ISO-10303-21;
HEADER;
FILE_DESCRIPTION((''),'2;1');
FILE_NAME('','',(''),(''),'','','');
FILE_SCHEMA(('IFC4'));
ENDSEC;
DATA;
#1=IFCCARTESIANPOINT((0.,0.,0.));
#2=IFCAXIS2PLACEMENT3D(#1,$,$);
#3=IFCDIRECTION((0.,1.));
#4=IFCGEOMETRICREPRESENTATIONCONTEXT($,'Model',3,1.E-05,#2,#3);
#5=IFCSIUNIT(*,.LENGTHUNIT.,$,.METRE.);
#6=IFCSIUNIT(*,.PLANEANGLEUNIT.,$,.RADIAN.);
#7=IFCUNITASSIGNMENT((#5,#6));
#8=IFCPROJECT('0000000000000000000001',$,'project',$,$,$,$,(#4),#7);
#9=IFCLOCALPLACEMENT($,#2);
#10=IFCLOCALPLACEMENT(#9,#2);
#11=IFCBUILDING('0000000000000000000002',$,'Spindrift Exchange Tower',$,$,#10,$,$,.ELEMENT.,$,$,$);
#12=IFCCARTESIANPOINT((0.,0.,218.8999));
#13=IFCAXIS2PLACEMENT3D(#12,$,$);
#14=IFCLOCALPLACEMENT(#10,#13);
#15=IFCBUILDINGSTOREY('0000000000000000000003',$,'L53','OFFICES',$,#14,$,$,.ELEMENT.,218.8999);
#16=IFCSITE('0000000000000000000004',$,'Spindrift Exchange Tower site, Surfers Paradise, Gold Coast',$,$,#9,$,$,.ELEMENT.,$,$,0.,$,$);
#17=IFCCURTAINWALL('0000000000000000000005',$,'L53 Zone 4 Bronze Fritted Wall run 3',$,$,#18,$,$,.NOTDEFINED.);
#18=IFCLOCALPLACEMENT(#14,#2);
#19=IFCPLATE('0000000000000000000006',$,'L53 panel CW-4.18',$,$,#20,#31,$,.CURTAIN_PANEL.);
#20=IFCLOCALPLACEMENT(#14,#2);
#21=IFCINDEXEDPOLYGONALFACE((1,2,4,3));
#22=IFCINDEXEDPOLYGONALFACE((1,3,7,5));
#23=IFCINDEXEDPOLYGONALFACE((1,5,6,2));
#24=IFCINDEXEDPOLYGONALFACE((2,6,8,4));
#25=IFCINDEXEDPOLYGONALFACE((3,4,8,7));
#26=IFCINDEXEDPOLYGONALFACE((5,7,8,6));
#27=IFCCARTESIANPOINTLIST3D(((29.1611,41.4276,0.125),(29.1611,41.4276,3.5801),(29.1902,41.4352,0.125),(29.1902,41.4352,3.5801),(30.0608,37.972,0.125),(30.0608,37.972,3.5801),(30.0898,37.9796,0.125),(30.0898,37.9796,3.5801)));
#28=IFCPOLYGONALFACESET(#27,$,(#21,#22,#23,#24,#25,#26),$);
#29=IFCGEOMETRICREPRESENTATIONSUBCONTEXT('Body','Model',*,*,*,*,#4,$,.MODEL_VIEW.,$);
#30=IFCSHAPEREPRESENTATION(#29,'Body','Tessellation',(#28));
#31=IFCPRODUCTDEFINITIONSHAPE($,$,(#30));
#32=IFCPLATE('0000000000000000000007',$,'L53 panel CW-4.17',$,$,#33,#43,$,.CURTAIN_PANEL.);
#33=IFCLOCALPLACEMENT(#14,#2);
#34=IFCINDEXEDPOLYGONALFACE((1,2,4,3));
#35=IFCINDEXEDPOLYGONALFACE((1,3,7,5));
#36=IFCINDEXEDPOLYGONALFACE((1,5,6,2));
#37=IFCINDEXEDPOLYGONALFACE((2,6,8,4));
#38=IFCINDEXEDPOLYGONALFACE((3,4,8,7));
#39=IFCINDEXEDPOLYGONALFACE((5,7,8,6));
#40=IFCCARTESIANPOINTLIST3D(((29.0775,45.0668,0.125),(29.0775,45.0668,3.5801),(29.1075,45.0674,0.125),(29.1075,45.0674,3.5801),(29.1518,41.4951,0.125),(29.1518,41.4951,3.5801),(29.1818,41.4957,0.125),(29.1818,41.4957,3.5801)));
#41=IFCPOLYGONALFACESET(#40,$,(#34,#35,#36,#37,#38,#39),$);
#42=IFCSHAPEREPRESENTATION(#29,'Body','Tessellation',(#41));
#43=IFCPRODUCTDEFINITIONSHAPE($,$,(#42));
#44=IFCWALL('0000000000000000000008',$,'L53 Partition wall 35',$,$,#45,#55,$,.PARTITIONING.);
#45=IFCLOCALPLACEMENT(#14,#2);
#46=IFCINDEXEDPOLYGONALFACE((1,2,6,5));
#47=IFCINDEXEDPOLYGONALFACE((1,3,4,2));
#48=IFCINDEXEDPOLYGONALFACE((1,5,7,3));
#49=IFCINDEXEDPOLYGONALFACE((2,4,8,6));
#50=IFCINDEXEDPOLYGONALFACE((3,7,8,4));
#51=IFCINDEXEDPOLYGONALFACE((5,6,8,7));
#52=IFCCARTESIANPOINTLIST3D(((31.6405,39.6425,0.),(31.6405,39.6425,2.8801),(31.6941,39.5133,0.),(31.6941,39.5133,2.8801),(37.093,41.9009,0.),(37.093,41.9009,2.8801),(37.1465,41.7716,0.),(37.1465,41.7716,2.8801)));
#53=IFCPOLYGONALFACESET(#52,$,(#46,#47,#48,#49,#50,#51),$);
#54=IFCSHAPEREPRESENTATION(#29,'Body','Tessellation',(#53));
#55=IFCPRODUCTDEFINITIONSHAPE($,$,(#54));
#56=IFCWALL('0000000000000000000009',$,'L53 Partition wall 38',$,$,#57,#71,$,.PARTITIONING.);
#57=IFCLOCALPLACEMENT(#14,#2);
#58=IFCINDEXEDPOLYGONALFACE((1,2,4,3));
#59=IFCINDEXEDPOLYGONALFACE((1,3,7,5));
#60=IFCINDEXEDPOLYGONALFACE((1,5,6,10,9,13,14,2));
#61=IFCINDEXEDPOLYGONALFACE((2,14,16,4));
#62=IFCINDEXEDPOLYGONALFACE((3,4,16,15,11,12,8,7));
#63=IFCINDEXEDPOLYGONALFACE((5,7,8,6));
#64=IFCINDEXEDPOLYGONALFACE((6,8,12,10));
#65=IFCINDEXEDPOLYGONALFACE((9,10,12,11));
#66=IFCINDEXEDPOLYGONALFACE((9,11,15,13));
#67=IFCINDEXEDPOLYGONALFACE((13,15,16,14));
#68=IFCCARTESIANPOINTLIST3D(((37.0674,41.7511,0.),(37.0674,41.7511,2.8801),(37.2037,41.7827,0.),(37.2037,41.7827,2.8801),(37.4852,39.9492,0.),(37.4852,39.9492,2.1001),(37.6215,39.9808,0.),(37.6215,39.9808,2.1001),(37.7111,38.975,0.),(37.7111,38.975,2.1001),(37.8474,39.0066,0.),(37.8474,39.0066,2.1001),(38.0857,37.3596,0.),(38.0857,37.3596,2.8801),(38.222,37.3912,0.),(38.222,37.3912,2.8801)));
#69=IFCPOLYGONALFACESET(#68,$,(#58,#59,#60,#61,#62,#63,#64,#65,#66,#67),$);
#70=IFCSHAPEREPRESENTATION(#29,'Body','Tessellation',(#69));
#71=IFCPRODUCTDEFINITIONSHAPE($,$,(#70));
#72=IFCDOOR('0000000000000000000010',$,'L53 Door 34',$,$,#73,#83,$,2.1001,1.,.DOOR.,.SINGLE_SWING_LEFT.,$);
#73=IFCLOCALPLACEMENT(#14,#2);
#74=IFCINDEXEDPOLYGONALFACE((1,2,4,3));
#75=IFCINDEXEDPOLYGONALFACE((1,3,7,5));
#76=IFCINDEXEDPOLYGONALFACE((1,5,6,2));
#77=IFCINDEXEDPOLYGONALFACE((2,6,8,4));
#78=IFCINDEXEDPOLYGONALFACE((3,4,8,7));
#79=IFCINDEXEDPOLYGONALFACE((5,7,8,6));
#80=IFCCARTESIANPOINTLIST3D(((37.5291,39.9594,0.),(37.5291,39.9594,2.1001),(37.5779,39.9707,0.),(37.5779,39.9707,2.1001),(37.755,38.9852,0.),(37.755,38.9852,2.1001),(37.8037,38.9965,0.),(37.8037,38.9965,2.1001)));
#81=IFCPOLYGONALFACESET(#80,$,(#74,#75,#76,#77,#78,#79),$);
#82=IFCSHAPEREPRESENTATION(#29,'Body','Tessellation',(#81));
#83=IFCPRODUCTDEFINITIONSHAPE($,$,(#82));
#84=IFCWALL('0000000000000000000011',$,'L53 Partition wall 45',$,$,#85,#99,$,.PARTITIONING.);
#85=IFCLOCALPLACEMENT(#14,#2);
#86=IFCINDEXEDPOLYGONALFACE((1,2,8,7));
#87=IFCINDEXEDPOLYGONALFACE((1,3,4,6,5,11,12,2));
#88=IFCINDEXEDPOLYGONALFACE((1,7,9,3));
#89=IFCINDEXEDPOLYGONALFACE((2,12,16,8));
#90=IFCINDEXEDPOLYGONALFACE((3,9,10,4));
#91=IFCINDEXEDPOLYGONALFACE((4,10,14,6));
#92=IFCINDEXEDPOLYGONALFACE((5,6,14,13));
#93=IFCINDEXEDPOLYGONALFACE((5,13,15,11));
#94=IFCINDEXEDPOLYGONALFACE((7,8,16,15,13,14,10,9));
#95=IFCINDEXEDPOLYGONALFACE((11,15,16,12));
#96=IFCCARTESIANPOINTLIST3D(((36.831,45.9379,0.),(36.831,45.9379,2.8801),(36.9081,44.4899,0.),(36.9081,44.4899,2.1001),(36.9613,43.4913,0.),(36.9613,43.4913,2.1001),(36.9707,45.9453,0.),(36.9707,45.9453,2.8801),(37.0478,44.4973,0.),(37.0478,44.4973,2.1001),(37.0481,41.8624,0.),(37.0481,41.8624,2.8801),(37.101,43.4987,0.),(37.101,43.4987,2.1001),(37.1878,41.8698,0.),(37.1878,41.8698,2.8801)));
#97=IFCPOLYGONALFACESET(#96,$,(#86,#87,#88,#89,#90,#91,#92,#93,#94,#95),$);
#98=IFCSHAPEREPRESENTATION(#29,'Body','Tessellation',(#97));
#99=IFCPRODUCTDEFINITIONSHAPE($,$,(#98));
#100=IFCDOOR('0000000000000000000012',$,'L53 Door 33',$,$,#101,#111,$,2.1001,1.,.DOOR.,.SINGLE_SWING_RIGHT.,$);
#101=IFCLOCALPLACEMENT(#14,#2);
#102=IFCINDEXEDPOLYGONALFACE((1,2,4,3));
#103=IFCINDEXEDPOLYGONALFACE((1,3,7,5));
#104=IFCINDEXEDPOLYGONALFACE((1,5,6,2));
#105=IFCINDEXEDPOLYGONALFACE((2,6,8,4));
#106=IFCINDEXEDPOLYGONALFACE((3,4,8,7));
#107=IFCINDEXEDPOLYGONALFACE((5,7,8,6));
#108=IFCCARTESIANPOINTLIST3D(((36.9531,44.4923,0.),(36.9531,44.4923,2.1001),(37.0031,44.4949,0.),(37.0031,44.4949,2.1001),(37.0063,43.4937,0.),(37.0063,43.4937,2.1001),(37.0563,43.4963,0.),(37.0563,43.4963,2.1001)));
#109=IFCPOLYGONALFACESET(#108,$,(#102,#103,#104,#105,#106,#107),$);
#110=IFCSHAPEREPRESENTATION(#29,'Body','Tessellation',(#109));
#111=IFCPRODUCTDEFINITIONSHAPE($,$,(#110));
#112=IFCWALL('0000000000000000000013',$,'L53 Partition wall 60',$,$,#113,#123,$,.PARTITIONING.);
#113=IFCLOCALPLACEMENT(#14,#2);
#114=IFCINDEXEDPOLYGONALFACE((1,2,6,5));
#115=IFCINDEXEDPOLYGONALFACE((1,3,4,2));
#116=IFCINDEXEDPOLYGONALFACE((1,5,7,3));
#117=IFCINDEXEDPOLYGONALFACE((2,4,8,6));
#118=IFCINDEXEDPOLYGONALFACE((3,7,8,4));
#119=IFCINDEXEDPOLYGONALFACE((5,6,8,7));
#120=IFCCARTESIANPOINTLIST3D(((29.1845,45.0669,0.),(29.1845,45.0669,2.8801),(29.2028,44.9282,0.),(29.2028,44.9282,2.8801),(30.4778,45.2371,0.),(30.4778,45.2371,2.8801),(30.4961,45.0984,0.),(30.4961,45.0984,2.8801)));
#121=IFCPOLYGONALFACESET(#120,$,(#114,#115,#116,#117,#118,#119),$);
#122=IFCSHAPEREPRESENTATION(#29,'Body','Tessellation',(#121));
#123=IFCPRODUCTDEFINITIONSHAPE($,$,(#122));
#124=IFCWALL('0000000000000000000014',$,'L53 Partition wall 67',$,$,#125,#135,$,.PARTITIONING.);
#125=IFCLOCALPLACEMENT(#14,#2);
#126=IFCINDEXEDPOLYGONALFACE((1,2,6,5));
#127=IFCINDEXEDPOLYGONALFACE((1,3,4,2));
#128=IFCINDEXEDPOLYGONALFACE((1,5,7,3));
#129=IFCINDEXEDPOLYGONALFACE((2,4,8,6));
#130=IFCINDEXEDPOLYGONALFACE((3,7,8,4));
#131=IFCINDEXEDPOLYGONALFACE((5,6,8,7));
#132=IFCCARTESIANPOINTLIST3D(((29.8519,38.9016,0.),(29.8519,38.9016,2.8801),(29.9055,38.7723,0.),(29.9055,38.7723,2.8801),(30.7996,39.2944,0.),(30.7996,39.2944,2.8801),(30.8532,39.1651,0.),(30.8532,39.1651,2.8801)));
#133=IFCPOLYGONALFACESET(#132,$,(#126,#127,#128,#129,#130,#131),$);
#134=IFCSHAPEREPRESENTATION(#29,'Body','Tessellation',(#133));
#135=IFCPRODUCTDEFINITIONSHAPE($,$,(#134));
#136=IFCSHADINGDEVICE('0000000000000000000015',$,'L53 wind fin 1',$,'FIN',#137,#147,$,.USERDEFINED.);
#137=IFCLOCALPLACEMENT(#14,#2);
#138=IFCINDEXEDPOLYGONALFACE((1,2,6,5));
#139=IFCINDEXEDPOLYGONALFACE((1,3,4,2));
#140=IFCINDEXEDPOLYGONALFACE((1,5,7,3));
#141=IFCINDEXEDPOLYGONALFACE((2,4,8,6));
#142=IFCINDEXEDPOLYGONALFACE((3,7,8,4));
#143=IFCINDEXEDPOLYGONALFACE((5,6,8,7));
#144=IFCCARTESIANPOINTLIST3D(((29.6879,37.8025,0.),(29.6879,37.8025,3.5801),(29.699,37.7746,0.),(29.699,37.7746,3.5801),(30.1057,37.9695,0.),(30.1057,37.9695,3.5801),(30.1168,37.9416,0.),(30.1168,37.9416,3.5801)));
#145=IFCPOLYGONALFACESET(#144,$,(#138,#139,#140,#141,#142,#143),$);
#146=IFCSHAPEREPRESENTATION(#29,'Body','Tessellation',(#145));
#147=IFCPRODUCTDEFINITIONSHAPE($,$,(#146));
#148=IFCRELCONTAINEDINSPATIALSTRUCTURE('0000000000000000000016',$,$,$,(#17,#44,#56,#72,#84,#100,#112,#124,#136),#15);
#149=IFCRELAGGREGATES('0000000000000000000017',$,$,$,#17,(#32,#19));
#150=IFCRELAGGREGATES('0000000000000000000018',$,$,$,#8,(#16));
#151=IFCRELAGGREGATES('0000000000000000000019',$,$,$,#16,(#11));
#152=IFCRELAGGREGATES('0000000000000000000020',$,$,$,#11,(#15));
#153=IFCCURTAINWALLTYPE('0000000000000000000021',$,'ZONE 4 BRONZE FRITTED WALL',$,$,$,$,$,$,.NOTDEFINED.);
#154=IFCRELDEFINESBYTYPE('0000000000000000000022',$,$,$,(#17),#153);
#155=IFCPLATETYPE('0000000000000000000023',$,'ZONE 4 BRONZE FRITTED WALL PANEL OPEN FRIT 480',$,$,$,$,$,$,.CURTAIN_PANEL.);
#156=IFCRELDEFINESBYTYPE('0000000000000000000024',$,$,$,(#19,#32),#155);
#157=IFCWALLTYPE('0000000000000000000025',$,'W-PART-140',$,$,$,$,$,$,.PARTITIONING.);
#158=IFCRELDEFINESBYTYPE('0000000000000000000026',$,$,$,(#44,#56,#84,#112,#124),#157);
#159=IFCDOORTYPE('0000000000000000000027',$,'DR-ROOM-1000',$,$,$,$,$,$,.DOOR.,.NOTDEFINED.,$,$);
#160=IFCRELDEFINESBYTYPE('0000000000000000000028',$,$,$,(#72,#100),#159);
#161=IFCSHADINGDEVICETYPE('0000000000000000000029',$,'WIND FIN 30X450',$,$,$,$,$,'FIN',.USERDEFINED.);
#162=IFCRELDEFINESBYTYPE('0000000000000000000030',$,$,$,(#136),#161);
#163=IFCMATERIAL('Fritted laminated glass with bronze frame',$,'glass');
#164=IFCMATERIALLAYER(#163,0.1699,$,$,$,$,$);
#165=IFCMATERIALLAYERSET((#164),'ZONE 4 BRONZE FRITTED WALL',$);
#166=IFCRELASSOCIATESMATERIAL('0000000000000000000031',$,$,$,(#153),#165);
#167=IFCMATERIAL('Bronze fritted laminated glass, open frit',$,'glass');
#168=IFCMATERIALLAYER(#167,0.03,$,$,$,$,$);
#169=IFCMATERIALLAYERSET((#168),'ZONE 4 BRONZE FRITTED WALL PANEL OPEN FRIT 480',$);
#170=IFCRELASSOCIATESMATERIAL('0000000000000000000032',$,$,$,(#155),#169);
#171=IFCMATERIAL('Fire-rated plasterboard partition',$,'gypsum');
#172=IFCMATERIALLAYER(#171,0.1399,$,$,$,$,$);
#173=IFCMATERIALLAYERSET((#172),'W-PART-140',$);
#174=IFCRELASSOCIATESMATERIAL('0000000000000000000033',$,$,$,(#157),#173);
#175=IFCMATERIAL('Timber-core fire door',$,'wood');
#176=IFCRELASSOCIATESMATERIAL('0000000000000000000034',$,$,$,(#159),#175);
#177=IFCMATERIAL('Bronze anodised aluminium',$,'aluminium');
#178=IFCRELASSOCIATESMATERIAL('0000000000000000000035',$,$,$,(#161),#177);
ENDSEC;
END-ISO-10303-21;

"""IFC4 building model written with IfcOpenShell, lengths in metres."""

from ifc_helpers import new_model, si_unit, direction, frame, frame_2d, origin, origin_2d, place, context, subcontext, project, spatial, rectangle, extrude, source, transform, mapped, material, layer, layer_set, material_profile, profile_set, type_object, element, fill, aggregate, save


model = new_model("IFC4")

# Units and contexts
model_context = context("Model", 3, precision=1e-05, world=origin(), true_north=direction((0.0, 1.0)))
body_context = subcontext(model_context, "Body", "Model", "MODEL_VIEW")
ifc_project = project(units=[si_unit("LENGTHUNIT", "METRE"), si_unit("PLANEANGLEUNIT", "RADIAN")], contexts=[model_context])

# Site, building, storey
site_placement = place(None, origin())
site = spatial("IfcSite", under=ifc_project, at=site_placement, Name="Spindrift Exchange Tower site, Surfers Paradise, Gold Coast", CompositionType="ELEMENT", RefElevation=0.0)
building_placement = place(site_placement, origin())
building = spatial("IfcBuilding", under=site, at=building_placement, Name="Spindrift Exchange Tower", CompositionType="ELEMENT")
storey_placement = place(building_placement, frame((0.0, 0.0, 218.8999)))
storey = spatial("IfcBuildingStorey", under=building, at=storey_placement, Name="L53", Description="OFFICES", CompositionType="ELEMENT", Elevation=218.8999)

# Curtain wall
ifc_material_1 = material(Name="Fritted laminated glass with bronze frame", Category="glass")
ifc_layer_1 = layer(ifc_material_1, 0.1699)
ifc_layer_set_1 = layer_set([ifc_layer_1], Name="ZONE 4 BRONZE FRITTED WALL")
curtain_wall_type = type_object("IfcCurtainWallType", Name="ZONE 4 BRONZE FRITTED WALL", PredefinedType="NOTDEFINED", material=ifc_layer_set_1)
curtain_wall_1_placement = place(storey_placement, origin())
curtain_wall_1 = element("IfcCurtainWall", 1, at=curtain_wall_1_placement, inside=storey, type_object=curtain_wall_type, Name="L53 Zone 4 Bronze Fritted Wall run 3", PredefinedType="NOTDEFINED")
ifc_material_2 = material(Name="Bronze anodised aluminium", Category="aluminium")

# Plates
ifc_material_3 = material(Name="Bronze fritted laminated glass, open frit", Category="glass")
ifc_layer_2 = layer(ifc_material_3, 0.03)
ifc_layer_set_2 = layer_set([ifc_layer_2], Name="ZONE 4 BRONZE FRITTED WALL PANEL OPEN FRIT 480")
plate_type = type_object("IfcPlateType", Name="ZONE 4 BRONZE FRITTED WALL PANEL OPEN FRIT 480", PredefinedType="CURTAIN_PANEL", material=ifc_layer_set_2)
shared_shape_1 = source(origin(), body_context, "Body", "SweptSolid", [
    extrude(rectangle(XDim=3.5708, YDim=0.03, at=origin_2d()), origin(), (0.0, 0.0, 1.0), 3.4551),
])
plate_1_placement = place(storey_placement, frame((29.6255, 39.7036, 0.125), z_axis=(0.0, 0.0, 1.0), x_axis=(0.251941, -0.967743, 0.0)))
plate_1 = element("IfcPlate", 2, at=plate_1_placement, type_object=plate_type, Name="L53 panel CW-4.18", PredefinedType="CURTAIN_PANEL", context=body_context, shape_type="MappedRepresentation", body=[
    mapped(shared_shape_1, transform((0.0, 0.0, 0.0), scale=1.0)),
])
shared_shape_2 = source(origin(), body_context, "Body", "SweptSolid", [
    extrude(rectangle(XDim=3.5725, YDim=0.03, at=origin_2d()), origin(), (0.0, 0.0, 1.0), 3.4551),
])
plate_2_placement = place(storey_placement, frame((29.1296, 43.2812, 0.125), z_axis=(0.0, 0.0, 1.0), x_axis=(0.020812, -0.999783, 0.0)))
plate_2 = element("IfcPlate", 3, at=plate_2_placement, type_object=plate_type, Name="L53 panel CW-4.17", PredefinedType="CURTAIN_PANEL", context=body_context, shape_type="MappedRepresentation", body=[
    mapped(shared_shape_2, transform((0.0, 0.0, 0.0), scale=1.0)),
])
aggregate(curtain_wall_1, [plate_2, plate_1])

# Wall
ifc_material_4 = material(Name="Fire-rated plasterboard partition", Category="gypsum")
ifc_layer_3 = layer(ifc_material_4, 0.1399)
ifc_layer_set_3 = layer_set([ifc_layer_3], Name="W-PART-140")
wall_type = type_object("IfcWallType", Name="W-PART-140", PredefinedType="PARTITIONING", material=ifc_layer_set_3)
wall_1_placement = place(storey_placement, frame((37.1196, 41.8362, 0.0), z_axis=(0.0, 0.0, 1.0), x_axis=(-0.923889, -0.382661, 0.0)))
element("IfcWall", 4, at=wall_1_placement, inside=storey, type_object=wall_type, Name="L53 Partition wall 35", PredefinedType="PARTITIONING", context=body_context, shape_type="SweptSolid", body=[
    extrude(rectangle(XDim=5.9016, YDim=0.1399, at=frame_2d((2.9507, 0.0))), origin(), (0.0, 0.0, 1.0), 2.8801),
])

# Walls, openings, doors
wall_2_placement = place(storey_placement, frame((38.1538, 37.3755, 0.0), z_axis=(0.0, 0.0, 1.0), x_axis=(-0.225884, 0.974154, 0.0)))
wall_2 = element("IfcWall", 5, at=wall_2_placement, inside=storey, type_object=wall_type, Name="L53 Partition wall 38", PredefinedType="PARTITIONING", context=body_context, shape_type="SweptSolid", body=[
    extrude(rectangle(XDim=4.5081, YDim=0.1399, at=frame_2d((2.2539, 0.0))), origin(), (0.0, 0.0, 1.0), 2.8801),
])
opening_1_placement = place(wall_2_placement, frame((1.6582, 0.0, 0.0)))
opening_1 = element("IfcOpeningElement", 6, at=opening_1_placement, cuts=wall_2, PredefinedType="OPENING", context=body_context, shape_type="SweptSolid", body=[
    extrude(rectangle(XDim=1.0, YDim=2.1001, at=frame_2d((0.5, 1.05))), frame((0.0, 0.0798, 0.0), z_axis=(0.0, -1.0, 0.0), x_axis=(1.0, 0.0, 0.0)), (0.0, 0.0, 1.0), 0.1599),
])
ifc_material_5 = material(Name="Timber-core fire door", Category="wood")
door_type = type_object("IfcDoorType", Name="DR-ROOM-1000", OperationType="NOTDEFINED", PredefinedType="DOOR", material=ifc_material_5)
shared_shape_3 = source(origin(), body_context, "Body", "SweptSolid", [
    extrude(rectangle(XDim=1.0, YDim=2.1001, at=frame_2d((0.5, 1.05))), frame((0.0, 0.0249, 0.0), z_axis=(0.0, -1.0, 0.0), x_axis=(1.0, 0.0, 0.0)), (0.0, 0.0, 1.0), 0.05),
])
door_1_placement = place(opening_1_placement, origin())
door_1 = element("IfcDoor", 7, at=door_1_placement, inside=storey, type_object=door_type, Name="L53 Door 34", OperationType="SINGLE_SWING_LEFT", OverallHeight=2.1001, OverallWidth=1.0, PredefinedType="DOOR", context=body_context, shape_type="MappedRepresentation", body=[
    mapped(shared_shape_3, transform((0.0, 0.0, 0.0), scale=1.0)),
])
fill(opening_1, door_1)
wall_3_placement = place(storey_placement, frame((37.1179, 41.8662, 0.0), z_axis=(0.0, 0.0, 1.0), x_axis=(-0.05318, 0.998585, 0.0)))
wall_3 = element("IfcWall", 8, at=wall_3_placement, inside=storey, type_object=wall_type, Name="L53 Partition wall 45", PredefinedType="PARTITIONING", context=body_context, shape_type="SweptSolid", body=[
    extrude(rectangle(XDim=4.0813, YDim=0.1399, at=frame_2d((2.0405, 0.0))), origin(), (0.0, 0.0, 1.0), 2.8801),
])
opening_2_placement = place(wall_3_placement, frame((1.6311, 0.0, 0.0)))
opening_2 = element("IfcOpeningElement", 9, at=opening_2_placement, cuts=wall_3, PredefinedType="OPENING", context=body_context, shape_type="SweptSolid", body=[
    extrude(rectangle(XDim=1.0, YDim=2.1001, at=frame_2d((0.5, 1.05))), frame((0.0, 0.0798, 0.0), z_axis=(0.0, -1.0, 0.0), x_axis=(1.0, 0.0, 0.0)), (0.0, 0.0, 1.0), 0.1599),
])
door_2_placement = place(opening_2_placement, origin())
door_2 = element("IfcDoor", 10, at=door_2_placement, inside=storey, type_object=door_type, Name="L53 Door 33", OperationType="SINGLE_SWING_RIGHT", OverallHeight=2.1001, OverallWidth=1.0, PredefinedType="DOOR", context=body_context, shape_type="MappedRepresentation", body=[
    mapped(shared_shape_3, transform((0.0, 0.0, 0.0), scale=1.0)),
])
fill(opening_2, door_2)

# Walls
wall_4_placement = place(storey_placement, frame((30.4871, 45.1677, 0.0), z_axis=(0.0, 0.0, 1.0), x_axis=(-0.991454, -0.130459, 0.0)))
element("IfcWall", 11, at=wall_4_placement, inside=storey, type_object=wall_type, Name="L53 Partition wall 60", PredefinedType="PARTITIONING", context=body_context, shape_type="SweptSolid", body=[
    extrude(rectangle(XDim=1.3044, YDim=0.1399, at=frame_2d((0.6523, 0.0))), origin(), (0.0, 0.0, 1.0), 2.8801),
])
wall_5_placement = place(storey_placement, frame((30.8264, 39.2297, 0.0), z_axis=(0.0, 0.0, 1.0), x_axis=(-0.923793, -0.382891, 0.0)))
element("IfcWall", 12, at=wall_5_placement, inside=storey, type_object=wall_type, Name="L53 Partition wall 67", PredefinedType="PARTITIONING", context=body_context, shape_type="SweptSolid", body=[
    extrude(rectangle(XDim=1.0259, YDim=0.1399, at=frame_2d((0.5129, 0.0))), origin(), (0.0, 0.0, 1.0), 2.8801),
])

# Shading device
ifc_material_profile_1 = material_profile(ifc_material_2, rectangle(XDim=0.03, YDim=0.45, at=origin_2d()), Name="WIND FIN 30X450")
ifc_profile_set_1 = profile_set([ifc_material_profile_1], Name="Bronze anodised aluminium")
shading_device_type = type_object("IfcShadingDeviceType", Name="WIND FIN 30X450", ElementType="FIN", PredefinedType="USERDEFINED", material=ifc_profile_set_1)
shared_shape_4 = source(origin(), body_context, "Body", "SweptSolid", [
    extrude(rectangle(XDim=0.03, YDim=0.45, at=origin_2d()), origin(), (0.0, 0.0, 1.0), 3.5801),
])
shading_device_placement = place(storey_placement, frame((29.9023, 37.8721, 0.0), z_axis=(0.0, 0.0, 1.0), x_axis=(0.371052, -0.928612, 0.0)))
element("IfcShadingDevice", 13, at=shading_device_placement, inside=storey, type_object=shading_device_type, Name="L53 wind fin 1", ObjectType="FIN", PredefinedType="USERDEFINED", context=body_context, shape_type="MappedRepresentation", body=[
    mapped(shared_shape_4, transform((0.0, 0.0, 0.0), scale=1.0)),
])

save(model, "model.ifc")
